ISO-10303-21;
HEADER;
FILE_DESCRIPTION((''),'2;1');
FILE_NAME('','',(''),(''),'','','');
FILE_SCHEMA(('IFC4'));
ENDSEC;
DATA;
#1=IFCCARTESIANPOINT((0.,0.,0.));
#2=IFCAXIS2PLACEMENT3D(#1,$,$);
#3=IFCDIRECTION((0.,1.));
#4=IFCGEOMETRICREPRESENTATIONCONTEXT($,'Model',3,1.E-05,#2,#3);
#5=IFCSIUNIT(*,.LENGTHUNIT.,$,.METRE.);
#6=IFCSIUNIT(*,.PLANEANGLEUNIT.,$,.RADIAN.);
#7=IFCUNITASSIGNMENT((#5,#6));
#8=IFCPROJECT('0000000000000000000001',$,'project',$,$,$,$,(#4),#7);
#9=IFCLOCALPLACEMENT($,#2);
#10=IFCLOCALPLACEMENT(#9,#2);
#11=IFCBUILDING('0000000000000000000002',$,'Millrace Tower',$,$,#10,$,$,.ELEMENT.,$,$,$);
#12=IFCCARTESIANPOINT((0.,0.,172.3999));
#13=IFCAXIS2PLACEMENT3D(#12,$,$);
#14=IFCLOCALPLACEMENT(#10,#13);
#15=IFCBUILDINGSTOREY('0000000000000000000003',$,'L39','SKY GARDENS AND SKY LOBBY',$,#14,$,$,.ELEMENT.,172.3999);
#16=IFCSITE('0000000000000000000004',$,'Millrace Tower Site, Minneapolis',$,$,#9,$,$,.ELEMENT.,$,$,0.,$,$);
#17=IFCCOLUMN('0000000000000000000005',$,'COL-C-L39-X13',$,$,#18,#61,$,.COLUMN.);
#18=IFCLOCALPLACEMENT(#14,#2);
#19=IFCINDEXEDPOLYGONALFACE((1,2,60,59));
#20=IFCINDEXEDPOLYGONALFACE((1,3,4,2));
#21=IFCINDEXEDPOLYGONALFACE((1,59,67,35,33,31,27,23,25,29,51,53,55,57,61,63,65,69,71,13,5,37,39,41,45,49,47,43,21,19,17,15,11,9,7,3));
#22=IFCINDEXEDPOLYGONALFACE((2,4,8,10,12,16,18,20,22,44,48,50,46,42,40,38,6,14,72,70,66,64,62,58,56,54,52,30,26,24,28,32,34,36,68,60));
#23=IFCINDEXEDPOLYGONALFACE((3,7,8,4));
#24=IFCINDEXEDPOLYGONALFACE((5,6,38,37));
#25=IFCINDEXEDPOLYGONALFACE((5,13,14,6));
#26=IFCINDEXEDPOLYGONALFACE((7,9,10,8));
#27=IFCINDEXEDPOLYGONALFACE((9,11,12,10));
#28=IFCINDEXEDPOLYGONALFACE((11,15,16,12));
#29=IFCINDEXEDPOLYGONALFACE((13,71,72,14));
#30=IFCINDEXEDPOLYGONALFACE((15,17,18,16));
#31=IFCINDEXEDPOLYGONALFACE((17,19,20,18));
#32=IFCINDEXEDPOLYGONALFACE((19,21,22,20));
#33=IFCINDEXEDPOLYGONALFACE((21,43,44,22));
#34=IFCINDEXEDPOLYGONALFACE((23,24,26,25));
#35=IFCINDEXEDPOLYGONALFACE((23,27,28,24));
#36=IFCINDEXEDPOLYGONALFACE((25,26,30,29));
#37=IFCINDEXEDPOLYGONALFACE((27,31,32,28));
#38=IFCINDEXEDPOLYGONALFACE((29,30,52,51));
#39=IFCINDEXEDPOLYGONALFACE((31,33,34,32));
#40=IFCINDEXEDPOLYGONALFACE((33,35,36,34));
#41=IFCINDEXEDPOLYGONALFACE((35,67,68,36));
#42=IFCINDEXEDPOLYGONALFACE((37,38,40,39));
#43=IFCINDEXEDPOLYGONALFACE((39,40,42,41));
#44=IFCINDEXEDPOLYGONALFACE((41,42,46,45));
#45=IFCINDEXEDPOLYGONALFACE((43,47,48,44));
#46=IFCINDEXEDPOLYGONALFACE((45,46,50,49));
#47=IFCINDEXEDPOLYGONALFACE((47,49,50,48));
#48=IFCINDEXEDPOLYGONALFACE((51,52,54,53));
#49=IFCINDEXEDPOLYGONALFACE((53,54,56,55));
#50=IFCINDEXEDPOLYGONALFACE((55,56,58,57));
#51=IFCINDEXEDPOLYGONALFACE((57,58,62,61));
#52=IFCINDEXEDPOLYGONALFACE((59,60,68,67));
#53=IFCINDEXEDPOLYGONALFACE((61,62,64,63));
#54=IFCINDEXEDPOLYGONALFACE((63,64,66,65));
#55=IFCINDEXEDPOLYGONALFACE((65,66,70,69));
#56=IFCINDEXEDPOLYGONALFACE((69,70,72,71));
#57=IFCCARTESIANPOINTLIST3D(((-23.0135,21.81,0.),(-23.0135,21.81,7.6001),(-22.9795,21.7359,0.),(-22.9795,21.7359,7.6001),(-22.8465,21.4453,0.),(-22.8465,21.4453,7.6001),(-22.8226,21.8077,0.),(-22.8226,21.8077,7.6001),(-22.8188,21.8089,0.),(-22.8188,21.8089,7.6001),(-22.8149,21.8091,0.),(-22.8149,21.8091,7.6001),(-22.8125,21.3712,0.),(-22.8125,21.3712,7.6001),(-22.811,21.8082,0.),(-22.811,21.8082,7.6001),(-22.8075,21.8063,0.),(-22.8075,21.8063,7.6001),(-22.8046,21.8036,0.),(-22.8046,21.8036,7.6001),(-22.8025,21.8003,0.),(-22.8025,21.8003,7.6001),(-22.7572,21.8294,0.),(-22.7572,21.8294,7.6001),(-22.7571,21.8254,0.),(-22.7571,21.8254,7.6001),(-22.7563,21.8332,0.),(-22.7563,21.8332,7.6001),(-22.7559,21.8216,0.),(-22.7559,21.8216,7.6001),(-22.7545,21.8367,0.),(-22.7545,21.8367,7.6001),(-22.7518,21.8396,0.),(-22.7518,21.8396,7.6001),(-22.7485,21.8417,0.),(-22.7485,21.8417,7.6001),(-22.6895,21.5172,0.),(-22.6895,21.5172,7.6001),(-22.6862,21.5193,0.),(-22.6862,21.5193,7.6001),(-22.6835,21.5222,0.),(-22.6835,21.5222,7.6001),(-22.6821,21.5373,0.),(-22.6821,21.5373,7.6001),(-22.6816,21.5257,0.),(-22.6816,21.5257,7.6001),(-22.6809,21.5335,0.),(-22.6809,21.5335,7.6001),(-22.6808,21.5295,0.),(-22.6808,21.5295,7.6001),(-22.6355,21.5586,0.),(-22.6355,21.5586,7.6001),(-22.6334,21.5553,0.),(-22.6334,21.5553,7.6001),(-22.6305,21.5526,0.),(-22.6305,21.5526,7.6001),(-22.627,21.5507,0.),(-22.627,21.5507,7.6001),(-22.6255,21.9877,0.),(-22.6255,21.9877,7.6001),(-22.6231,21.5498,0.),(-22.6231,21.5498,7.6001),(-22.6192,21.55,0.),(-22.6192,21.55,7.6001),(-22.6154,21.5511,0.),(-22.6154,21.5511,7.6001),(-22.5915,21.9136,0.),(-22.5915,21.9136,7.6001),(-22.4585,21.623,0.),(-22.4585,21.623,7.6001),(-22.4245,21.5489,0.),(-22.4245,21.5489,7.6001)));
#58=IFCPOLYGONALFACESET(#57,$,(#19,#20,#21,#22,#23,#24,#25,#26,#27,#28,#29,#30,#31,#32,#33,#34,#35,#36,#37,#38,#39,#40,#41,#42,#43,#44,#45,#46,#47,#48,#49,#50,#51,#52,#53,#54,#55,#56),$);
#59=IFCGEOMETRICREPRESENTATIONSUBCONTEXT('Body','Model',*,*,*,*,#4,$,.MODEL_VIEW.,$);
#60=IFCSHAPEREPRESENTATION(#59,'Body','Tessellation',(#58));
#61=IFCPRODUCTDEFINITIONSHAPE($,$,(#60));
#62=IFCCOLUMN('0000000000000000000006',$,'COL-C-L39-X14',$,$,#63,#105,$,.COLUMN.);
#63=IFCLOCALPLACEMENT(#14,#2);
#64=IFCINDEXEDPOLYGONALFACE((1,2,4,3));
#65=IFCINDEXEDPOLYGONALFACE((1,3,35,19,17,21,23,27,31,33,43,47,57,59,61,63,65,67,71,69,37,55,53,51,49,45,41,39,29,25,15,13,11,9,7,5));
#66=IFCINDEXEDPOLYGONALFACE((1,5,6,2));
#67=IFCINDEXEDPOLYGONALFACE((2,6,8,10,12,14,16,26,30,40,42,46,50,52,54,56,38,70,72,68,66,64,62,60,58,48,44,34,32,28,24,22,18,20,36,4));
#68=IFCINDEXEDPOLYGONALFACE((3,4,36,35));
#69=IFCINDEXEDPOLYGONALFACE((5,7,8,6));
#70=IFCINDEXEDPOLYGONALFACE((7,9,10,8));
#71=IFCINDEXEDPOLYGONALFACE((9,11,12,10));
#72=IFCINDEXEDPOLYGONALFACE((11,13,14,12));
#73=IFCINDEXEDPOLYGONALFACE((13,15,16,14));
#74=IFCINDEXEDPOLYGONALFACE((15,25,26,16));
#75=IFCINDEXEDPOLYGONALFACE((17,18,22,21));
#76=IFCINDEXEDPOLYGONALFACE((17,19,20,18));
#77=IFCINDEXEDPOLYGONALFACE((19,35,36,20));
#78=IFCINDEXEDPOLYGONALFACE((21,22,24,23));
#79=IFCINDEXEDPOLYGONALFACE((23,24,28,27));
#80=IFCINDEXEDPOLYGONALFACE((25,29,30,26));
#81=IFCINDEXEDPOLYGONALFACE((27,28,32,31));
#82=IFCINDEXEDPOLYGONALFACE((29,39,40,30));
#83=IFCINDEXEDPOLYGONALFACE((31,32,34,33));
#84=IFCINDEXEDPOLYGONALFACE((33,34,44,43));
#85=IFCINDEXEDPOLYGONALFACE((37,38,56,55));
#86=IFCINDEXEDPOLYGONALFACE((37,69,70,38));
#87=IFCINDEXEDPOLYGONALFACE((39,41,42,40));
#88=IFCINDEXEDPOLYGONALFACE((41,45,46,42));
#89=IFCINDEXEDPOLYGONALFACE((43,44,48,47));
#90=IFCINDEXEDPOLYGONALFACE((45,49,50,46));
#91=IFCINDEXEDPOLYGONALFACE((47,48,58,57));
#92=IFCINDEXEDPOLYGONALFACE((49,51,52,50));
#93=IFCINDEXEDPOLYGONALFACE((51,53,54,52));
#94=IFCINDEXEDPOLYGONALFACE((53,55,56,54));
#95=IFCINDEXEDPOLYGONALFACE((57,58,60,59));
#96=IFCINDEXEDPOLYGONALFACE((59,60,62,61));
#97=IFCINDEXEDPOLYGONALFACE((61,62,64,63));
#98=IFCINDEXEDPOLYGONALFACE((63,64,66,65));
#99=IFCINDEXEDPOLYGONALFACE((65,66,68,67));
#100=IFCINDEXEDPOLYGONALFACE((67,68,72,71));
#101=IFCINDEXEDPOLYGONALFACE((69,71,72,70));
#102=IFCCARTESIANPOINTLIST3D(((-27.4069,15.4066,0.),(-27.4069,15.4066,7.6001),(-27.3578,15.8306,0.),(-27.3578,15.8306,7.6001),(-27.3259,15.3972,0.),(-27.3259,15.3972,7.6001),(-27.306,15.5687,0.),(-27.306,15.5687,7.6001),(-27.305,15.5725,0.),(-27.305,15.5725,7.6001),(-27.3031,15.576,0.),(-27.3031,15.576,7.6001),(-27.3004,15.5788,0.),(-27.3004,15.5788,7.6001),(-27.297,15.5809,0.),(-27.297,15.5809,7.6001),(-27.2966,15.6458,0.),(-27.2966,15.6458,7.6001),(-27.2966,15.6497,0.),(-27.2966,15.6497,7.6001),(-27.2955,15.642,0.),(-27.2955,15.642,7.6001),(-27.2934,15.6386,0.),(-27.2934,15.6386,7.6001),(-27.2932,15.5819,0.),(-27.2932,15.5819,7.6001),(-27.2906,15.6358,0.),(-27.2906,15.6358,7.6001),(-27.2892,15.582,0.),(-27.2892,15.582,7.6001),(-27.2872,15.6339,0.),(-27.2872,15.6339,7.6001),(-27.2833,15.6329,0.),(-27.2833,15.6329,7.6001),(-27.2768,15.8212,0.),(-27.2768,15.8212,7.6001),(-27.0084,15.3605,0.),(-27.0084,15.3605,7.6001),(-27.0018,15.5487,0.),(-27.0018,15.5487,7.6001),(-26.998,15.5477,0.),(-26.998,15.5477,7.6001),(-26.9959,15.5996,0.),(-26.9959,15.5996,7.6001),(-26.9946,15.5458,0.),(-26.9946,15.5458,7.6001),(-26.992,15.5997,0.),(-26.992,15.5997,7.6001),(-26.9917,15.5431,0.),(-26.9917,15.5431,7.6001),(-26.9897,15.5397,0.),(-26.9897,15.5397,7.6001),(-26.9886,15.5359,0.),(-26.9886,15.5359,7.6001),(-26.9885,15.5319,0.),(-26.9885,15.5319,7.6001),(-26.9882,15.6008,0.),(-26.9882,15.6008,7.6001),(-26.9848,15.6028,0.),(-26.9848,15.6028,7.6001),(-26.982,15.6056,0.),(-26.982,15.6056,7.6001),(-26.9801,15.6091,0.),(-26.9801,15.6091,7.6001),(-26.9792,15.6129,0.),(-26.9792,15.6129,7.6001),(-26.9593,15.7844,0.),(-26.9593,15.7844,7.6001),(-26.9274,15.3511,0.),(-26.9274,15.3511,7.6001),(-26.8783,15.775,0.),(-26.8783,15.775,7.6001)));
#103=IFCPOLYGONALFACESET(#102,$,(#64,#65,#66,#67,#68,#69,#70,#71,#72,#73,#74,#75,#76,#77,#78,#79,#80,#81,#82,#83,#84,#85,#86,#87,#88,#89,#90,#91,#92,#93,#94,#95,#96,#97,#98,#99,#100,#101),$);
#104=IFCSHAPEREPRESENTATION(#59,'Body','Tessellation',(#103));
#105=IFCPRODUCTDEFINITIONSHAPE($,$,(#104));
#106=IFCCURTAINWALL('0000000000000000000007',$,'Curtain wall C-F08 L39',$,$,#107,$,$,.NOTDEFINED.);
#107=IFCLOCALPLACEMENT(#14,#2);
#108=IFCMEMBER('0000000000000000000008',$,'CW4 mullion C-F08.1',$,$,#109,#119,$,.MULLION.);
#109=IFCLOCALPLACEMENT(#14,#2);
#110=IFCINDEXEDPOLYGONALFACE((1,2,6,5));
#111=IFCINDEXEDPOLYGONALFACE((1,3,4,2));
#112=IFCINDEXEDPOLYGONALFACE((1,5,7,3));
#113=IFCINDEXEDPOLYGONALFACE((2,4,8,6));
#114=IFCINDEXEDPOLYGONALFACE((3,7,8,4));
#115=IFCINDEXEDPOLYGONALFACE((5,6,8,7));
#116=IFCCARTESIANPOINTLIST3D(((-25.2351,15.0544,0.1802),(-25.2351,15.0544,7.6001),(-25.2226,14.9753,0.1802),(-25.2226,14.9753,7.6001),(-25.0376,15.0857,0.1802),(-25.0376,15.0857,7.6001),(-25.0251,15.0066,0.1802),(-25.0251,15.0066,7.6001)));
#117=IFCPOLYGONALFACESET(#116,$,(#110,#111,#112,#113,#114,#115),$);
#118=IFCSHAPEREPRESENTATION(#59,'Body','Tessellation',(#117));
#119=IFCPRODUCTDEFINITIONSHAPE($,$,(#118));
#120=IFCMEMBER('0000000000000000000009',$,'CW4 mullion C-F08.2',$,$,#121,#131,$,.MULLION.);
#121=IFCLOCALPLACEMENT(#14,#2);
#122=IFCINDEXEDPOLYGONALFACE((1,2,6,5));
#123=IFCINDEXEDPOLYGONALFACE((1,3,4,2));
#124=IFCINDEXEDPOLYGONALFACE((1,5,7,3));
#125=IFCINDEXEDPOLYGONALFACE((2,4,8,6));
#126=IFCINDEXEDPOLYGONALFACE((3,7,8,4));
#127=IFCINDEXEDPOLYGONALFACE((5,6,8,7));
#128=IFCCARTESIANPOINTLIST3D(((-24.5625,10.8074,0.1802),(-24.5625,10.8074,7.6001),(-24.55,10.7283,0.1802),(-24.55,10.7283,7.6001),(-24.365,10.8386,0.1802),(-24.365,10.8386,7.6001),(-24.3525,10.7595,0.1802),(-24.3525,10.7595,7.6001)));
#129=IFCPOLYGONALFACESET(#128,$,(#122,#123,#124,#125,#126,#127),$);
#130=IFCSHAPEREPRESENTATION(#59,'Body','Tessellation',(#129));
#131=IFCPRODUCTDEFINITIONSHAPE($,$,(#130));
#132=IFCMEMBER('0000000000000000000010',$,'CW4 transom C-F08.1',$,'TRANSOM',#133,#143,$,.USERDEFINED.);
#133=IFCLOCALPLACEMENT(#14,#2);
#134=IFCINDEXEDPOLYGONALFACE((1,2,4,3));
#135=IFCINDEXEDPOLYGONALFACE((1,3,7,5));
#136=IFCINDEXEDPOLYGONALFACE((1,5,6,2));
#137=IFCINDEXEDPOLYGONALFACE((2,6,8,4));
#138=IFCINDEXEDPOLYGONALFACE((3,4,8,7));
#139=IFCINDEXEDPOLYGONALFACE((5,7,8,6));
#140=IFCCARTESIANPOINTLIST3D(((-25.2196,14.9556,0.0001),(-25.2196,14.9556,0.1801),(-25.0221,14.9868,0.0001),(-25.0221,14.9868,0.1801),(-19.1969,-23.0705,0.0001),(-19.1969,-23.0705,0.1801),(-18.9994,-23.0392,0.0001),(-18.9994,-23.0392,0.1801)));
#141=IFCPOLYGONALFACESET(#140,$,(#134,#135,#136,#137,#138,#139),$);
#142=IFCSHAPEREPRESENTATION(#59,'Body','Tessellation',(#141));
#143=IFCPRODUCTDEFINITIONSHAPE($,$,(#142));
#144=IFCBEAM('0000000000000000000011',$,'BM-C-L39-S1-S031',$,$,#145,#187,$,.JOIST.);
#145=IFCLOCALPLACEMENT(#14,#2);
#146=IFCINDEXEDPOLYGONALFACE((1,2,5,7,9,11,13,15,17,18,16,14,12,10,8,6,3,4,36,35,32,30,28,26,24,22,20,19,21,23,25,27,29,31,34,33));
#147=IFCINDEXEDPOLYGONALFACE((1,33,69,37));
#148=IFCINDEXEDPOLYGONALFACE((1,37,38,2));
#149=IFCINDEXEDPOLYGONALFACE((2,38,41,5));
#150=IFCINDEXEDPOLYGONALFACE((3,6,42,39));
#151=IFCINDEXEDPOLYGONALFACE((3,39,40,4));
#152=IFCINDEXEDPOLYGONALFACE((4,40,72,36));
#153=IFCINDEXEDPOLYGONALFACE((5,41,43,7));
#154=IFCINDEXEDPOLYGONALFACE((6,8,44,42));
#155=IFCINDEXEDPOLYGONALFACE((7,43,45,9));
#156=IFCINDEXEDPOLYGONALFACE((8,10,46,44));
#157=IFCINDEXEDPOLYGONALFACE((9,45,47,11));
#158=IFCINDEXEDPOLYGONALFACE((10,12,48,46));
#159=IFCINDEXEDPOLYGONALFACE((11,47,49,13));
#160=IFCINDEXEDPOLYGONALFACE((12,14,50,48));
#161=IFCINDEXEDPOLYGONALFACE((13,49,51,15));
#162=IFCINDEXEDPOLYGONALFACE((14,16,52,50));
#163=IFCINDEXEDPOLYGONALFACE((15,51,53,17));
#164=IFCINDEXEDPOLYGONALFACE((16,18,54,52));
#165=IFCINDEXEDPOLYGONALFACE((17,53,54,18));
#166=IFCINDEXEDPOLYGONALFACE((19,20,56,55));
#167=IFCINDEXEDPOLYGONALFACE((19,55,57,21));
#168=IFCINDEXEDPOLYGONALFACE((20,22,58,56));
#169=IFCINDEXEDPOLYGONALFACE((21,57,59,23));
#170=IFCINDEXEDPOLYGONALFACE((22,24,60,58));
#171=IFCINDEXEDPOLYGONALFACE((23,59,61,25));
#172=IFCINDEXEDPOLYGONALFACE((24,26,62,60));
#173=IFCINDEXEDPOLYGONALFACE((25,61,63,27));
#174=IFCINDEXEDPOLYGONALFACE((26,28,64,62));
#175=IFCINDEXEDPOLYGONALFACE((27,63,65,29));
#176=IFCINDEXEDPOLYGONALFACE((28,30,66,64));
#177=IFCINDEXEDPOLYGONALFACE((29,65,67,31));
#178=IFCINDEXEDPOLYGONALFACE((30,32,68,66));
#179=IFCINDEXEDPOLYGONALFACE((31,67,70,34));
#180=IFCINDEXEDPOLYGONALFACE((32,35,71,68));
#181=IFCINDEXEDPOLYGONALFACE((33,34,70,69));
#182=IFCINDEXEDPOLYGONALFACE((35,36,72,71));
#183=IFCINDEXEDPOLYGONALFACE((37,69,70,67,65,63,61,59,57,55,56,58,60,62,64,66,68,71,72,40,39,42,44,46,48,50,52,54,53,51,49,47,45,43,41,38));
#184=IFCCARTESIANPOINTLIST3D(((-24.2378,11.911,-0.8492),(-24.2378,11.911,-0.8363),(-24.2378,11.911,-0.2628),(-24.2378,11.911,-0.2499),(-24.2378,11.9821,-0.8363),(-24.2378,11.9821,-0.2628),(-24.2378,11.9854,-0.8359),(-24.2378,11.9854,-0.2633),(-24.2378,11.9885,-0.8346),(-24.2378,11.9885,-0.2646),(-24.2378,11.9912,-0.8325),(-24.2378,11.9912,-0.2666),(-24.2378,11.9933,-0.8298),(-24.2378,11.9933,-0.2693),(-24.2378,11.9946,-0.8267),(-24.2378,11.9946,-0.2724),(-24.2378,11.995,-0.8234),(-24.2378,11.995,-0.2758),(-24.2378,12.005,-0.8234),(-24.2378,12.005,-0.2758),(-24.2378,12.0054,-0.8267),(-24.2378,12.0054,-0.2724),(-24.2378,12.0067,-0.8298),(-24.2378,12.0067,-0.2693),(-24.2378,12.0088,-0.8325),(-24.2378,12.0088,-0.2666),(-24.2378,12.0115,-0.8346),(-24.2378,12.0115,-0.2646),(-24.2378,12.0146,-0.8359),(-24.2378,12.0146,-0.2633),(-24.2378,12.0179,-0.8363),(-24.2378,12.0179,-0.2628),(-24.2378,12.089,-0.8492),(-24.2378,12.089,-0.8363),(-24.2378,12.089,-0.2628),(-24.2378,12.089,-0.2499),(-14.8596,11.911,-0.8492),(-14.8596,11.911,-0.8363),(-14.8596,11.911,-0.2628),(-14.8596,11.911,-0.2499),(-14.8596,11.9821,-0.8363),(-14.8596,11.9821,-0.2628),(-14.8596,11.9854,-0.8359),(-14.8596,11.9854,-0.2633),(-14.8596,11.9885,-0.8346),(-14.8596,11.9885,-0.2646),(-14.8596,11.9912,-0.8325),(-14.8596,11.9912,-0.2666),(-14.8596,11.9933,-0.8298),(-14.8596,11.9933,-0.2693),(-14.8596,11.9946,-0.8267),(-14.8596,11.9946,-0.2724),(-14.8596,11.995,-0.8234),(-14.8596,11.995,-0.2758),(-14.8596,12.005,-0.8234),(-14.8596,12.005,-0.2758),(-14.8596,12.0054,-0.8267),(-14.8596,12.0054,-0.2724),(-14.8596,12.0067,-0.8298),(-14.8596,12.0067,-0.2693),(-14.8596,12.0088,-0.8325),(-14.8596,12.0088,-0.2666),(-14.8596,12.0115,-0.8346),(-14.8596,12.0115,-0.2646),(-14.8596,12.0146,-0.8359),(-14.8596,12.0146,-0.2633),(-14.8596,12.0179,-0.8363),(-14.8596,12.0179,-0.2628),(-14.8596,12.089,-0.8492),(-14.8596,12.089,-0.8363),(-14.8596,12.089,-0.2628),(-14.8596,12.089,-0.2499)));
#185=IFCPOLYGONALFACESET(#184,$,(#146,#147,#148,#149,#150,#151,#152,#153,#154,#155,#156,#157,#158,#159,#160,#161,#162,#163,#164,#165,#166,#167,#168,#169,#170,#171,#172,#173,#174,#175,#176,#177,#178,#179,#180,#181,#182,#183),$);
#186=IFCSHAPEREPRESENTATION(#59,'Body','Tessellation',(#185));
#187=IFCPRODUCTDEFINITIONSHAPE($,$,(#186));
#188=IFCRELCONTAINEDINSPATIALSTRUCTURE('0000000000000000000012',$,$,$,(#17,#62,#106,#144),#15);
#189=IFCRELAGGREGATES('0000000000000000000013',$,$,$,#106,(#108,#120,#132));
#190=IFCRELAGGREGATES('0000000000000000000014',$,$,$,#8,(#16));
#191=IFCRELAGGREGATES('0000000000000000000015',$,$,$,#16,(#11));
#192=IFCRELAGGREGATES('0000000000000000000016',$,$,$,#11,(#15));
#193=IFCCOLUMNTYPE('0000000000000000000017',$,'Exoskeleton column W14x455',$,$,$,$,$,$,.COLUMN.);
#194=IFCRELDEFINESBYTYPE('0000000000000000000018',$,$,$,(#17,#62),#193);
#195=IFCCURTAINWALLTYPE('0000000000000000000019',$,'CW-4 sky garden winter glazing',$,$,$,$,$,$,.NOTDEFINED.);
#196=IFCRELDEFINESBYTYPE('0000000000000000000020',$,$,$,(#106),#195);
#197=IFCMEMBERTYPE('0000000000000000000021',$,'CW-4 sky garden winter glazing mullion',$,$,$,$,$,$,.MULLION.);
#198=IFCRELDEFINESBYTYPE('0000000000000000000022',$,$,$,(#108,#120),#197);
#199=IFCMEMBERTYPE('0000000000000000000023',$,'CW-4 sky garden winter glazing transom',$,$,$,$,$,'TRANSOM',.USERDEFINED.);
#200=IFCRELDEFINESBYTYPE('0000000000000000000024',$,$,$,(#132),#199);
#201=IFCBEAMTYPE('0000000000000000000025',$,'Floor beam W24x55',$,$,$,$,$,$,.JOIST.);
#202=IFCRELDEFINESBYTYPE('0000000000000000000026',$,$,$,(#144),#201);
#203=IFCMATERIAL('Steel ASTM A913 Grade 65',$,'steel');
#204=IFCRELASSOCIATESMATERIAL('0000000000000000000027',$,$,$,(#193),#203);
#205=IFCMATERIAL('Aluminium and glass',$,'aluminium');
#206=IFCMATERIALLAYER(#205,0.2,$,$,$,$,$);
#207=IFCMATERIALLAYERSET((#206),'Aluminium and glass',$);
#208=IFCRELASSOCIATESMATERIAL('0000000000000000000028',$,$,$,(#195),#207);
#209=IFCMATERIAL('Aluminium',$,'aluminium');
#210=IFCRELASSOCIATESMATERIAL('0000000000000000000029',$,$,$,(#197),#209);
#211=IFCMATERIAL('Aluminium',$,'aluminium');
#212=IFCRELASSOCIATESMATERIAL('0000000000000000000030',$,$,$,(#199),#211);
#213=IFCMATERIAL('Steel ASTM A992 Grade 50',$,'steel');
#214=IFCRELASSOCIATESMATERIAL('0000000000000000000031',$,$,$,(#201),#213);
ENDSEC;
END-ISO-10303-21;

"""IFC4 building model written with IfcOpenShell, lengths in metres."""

from ifc_helpers import new_model, si_unit, direction, frame, origin, origin_2d, place, context, subcontext, project, spatial, rectangle, i_section, extrude, material, layer, layer_set, material_profile, profile_set, type_object, element, aggregate, save


model = new_model("IFC4")

# Units and contexts
model_context = context("Model", 3, precision=1e-05, world=origin(), true_north=direction((0.0, 1.0)))
body_context = subcontext(model_context, "Body", "Model", "MODEL_VIEW")
ifc_project = project(units=[si_unit("LENGTHUNIT", "METRE"), si_unit("PLANEANGLEUNIT", "RADIAN")], contexts=[model_context])

# Site, building, storey
site_placement = place(None, origin())
site = spatial("IfcSite", under=ifc_project, at=site_placement, Name="Millrace Tower Site, Minneapolis", CompositionType="ELEMENT", RefElevation=0.0)
building_placement = place(site_placement, origin())
building = spatial("IfcBuilding", under=site, at=building_placement, Name="Millrace Tower", CompositionType="ELEMENT")
storey_placement = place(building_placement, frame((0.0, 0.0, 172.3999)))
storey = spatial("IfcBuildingStorey", under=building, at=storey_placement, Name="L39", Description="SKY GARDENS AND SKY LOBBY", CompositionType="ELEMENT", Elevation=172.3999)

# Columns
ifc_material_1 = material(Name="Steel ASTM A913 Grade 65", Category="steel")
ifc_material_profile_1 = material_profile(ifc_material_1, i_section(OverallWidth=0.4268, OverallDepth=0.4827, WebThickness=0.0513, FlangeThickness=0.0815, FilletRadius=0.0151, at=origin_2d()))
ifc_profile_set_1 = profile_set([ifc_material_profile_1], Name="Steel ASTM A913 Grade 65")
column_type = type_object("IfcColumnType", Name="Exoskeleton column W14x455", PredefinedType="COLUMN", material=ifc_profile_set_1)
for number, where, z_axis, x_axis, name in (
    (1, (-22.719, 21.6794, 0.0), (0.0, 0.0, 1.0), (-0.909181, -0.416401, 0.0), "COL-C-L39-X13"),
    (2, (-27.1426, 15.5908, 0.0), (0.0, 0.0, 1.0), (-0.115069, -0.993358, 0.0), "COL-C-L39-X14"),
):
    element("IfcColumn", number, at=place(storey_placement, frame(where, z_axis=z_axis, x_axis=x_axis)), inside=storey, type_object=column_type, Name=name, PredefinedType="COLUMN", context=body_context, shape_type="SweptSolid", body=[
        extrude(i_section(OverallWidth=0.4268, OverallDepth=0.4827, WebThickness=0.0513, FlangeThickness=0.0815, FilletRadius=0.0151, at=origin_2d()), origin(), (0.0, 0.0, 1.0), 7.6001),
    ])

# Curtain wall, members
ifc_material_2 = material(Name="Aluminium and glass", Category="aluminium")
ifc_layer_1 = layer(ifc_material_2, 0.2)
ifc_layer_set_1 = layer_set([ifc_layer_1], Name="Aluminium and glass")
curtain_wall_type = type_object("IfcCurtainWallType", Name="CW-4 sky garden winter glazing", PredefinedType="NOTDEFINED", material=ifc_layer_set_1)
curtain_wall_placement = place(storey_placement, origin())
curtain_wall = element("IfcCurtainWall", 3, at=curtain_wall_placement, inside=storey, type_object=curtain_wall_type, Name="Curtain wall C-F08 L39", PredefinedType="NOTDEFINED")
ifc_material_3 = material(Name="Aluminium", Category="aluminium")
ifc_material_profile_2 = material_profile(ifc_material_3, rectangle(XDim=0.0801, YDim=0.2, at=origin_2d()))
ifc_profile_set_2 = profile_set([ifc_material_profile_2], Name="Aluminium")
member_type_1 = type_object("IfcMemberType", Name="CW-4 sky garden winter glazing mullion", PredefinedType="MULLION", material=ifc_profile_set_2)
member_1_placement = place(storey_placement, frame((-25.1301, 15.0305, 0.1802), z_axis=(0.0, 0.0, 1.0), x_axis=(0.156434, -0.987688, 0.0)))
member_1 = element("IfcMember", 4, at=member_1_placement, type_object=member_type_1, Name="CW4 mullion C-F08.1", PredefinedType="MULLION", context=body_context, shape_type="SweptSolid", body=[
    extrude(rectangle(XDim=0.0801, YDim=0.2, at=origin_2d()), origin(), (0.0, 0.0, 1.0), 7.4199),
])
member_2_placement = place(storey_placement, frame((-24.4575, 10.7834, 0.1802), z_axis=(0.0, 0.0, 1.0), x_axis=(0.156434, -0.987688, 0.0)))
member_2 = element("IfcMember", 5, at=member_2_placement, type_object=member_type_1, Name="CW4 mullion C-F08.2", PredefinedType="MULLION", context=body_context, shape_type="SweptSolid", body=[
    extrude(rectangle(XDim=0.0801, YDim=0.2, at=origin_2d()), origin(), (0.0, 0.0, 1.0), 7.4199),
])
ifc_material_4 = material(Name="Aluminium", Category="aluminium")
ifc_material_profile_3 = material_profile(ifc_material_4, rectangle(XDim=0.2, YDim=0.1799, at=origin_2d()))
ifc_profile_set_3 = profile_set([ifc_material_profile_3], Name="Aluminium")
member_type_2 = type_object("IfcMemberType", Name="CW-4 sky garden winter glazing transom", ElementType="TRANSOM", PredefinedType="USERDEFINED", material=ifc_profile_set_3)
member_3_placement = place(storey_placement, frame((-25.1208, 14.9712, 0.0901), z_axis=(0.156433, -0.987689, 0.0), x_axis=(0.987689, 0.156433, 0.0)))
member_3 = element("IfcMember", 6, at=member_3_placement, type_object=member_type_2, Name="CW4 transom C-F08.1", ObjectType="TRANSOM", PredefinedType="USERDEFINED", context=body_context, shape_type="SweptSolid", body=[
    extrude(rectangle(XDim=0.2, YDim=0.1799, at=origin_2d()), origin(), (0.0, 0.0, 1.0), 38.5),
])
aggregate(curtain_wall, [member_1, member_2, member_3])

# Beam
ifc_material_5 = material(Name="Steel ASTM A992 Grade 50", Category="steel")
ifc_material_profile_4 = material_profile(ifc_material_5, i_section(OverallWidth=0.178, OverallDepth=0.5994, WebThickness=0.01, FlangeThickness=0.0129, FilletRadius=0.0129, at=origin_2d()))
ifc_profile_set_4 = profile_set([ifc_material_profile_4], Name="Steel ASTM A992 Grade 50")
beam_type_1 = type_object("IfcBeamType", Name="Floor beam W24x55", PredefinedType="JOIST", material=ifc_profile_set_4)
beam_1_placement = place(storey_placement, frame((-24.2378, 12.0, -0.5496), z_axis=(1.0, 0.0, 0.0), x_axis=(0.0, 1.0, 0.0)))
element("IfcBeam", 7, at=beam_1_placement, inside=storey, type_object=beam_type_1, Name="BM-C-L39-S1-S031", PredefinedType="JOIST", context=body_context, shape_type="SweptSolid", body=[
    extrude(i_section(OverallWidth=0.178, OverallDepth=0.5994, WebThickness=0.01, FlangeThickness=0.0129, FilletRadius=0.0129, at=origin_2d()), origin(), (0.0, 0.0, 1.0), 9.3782),
])

save(model, "model.ifc")
